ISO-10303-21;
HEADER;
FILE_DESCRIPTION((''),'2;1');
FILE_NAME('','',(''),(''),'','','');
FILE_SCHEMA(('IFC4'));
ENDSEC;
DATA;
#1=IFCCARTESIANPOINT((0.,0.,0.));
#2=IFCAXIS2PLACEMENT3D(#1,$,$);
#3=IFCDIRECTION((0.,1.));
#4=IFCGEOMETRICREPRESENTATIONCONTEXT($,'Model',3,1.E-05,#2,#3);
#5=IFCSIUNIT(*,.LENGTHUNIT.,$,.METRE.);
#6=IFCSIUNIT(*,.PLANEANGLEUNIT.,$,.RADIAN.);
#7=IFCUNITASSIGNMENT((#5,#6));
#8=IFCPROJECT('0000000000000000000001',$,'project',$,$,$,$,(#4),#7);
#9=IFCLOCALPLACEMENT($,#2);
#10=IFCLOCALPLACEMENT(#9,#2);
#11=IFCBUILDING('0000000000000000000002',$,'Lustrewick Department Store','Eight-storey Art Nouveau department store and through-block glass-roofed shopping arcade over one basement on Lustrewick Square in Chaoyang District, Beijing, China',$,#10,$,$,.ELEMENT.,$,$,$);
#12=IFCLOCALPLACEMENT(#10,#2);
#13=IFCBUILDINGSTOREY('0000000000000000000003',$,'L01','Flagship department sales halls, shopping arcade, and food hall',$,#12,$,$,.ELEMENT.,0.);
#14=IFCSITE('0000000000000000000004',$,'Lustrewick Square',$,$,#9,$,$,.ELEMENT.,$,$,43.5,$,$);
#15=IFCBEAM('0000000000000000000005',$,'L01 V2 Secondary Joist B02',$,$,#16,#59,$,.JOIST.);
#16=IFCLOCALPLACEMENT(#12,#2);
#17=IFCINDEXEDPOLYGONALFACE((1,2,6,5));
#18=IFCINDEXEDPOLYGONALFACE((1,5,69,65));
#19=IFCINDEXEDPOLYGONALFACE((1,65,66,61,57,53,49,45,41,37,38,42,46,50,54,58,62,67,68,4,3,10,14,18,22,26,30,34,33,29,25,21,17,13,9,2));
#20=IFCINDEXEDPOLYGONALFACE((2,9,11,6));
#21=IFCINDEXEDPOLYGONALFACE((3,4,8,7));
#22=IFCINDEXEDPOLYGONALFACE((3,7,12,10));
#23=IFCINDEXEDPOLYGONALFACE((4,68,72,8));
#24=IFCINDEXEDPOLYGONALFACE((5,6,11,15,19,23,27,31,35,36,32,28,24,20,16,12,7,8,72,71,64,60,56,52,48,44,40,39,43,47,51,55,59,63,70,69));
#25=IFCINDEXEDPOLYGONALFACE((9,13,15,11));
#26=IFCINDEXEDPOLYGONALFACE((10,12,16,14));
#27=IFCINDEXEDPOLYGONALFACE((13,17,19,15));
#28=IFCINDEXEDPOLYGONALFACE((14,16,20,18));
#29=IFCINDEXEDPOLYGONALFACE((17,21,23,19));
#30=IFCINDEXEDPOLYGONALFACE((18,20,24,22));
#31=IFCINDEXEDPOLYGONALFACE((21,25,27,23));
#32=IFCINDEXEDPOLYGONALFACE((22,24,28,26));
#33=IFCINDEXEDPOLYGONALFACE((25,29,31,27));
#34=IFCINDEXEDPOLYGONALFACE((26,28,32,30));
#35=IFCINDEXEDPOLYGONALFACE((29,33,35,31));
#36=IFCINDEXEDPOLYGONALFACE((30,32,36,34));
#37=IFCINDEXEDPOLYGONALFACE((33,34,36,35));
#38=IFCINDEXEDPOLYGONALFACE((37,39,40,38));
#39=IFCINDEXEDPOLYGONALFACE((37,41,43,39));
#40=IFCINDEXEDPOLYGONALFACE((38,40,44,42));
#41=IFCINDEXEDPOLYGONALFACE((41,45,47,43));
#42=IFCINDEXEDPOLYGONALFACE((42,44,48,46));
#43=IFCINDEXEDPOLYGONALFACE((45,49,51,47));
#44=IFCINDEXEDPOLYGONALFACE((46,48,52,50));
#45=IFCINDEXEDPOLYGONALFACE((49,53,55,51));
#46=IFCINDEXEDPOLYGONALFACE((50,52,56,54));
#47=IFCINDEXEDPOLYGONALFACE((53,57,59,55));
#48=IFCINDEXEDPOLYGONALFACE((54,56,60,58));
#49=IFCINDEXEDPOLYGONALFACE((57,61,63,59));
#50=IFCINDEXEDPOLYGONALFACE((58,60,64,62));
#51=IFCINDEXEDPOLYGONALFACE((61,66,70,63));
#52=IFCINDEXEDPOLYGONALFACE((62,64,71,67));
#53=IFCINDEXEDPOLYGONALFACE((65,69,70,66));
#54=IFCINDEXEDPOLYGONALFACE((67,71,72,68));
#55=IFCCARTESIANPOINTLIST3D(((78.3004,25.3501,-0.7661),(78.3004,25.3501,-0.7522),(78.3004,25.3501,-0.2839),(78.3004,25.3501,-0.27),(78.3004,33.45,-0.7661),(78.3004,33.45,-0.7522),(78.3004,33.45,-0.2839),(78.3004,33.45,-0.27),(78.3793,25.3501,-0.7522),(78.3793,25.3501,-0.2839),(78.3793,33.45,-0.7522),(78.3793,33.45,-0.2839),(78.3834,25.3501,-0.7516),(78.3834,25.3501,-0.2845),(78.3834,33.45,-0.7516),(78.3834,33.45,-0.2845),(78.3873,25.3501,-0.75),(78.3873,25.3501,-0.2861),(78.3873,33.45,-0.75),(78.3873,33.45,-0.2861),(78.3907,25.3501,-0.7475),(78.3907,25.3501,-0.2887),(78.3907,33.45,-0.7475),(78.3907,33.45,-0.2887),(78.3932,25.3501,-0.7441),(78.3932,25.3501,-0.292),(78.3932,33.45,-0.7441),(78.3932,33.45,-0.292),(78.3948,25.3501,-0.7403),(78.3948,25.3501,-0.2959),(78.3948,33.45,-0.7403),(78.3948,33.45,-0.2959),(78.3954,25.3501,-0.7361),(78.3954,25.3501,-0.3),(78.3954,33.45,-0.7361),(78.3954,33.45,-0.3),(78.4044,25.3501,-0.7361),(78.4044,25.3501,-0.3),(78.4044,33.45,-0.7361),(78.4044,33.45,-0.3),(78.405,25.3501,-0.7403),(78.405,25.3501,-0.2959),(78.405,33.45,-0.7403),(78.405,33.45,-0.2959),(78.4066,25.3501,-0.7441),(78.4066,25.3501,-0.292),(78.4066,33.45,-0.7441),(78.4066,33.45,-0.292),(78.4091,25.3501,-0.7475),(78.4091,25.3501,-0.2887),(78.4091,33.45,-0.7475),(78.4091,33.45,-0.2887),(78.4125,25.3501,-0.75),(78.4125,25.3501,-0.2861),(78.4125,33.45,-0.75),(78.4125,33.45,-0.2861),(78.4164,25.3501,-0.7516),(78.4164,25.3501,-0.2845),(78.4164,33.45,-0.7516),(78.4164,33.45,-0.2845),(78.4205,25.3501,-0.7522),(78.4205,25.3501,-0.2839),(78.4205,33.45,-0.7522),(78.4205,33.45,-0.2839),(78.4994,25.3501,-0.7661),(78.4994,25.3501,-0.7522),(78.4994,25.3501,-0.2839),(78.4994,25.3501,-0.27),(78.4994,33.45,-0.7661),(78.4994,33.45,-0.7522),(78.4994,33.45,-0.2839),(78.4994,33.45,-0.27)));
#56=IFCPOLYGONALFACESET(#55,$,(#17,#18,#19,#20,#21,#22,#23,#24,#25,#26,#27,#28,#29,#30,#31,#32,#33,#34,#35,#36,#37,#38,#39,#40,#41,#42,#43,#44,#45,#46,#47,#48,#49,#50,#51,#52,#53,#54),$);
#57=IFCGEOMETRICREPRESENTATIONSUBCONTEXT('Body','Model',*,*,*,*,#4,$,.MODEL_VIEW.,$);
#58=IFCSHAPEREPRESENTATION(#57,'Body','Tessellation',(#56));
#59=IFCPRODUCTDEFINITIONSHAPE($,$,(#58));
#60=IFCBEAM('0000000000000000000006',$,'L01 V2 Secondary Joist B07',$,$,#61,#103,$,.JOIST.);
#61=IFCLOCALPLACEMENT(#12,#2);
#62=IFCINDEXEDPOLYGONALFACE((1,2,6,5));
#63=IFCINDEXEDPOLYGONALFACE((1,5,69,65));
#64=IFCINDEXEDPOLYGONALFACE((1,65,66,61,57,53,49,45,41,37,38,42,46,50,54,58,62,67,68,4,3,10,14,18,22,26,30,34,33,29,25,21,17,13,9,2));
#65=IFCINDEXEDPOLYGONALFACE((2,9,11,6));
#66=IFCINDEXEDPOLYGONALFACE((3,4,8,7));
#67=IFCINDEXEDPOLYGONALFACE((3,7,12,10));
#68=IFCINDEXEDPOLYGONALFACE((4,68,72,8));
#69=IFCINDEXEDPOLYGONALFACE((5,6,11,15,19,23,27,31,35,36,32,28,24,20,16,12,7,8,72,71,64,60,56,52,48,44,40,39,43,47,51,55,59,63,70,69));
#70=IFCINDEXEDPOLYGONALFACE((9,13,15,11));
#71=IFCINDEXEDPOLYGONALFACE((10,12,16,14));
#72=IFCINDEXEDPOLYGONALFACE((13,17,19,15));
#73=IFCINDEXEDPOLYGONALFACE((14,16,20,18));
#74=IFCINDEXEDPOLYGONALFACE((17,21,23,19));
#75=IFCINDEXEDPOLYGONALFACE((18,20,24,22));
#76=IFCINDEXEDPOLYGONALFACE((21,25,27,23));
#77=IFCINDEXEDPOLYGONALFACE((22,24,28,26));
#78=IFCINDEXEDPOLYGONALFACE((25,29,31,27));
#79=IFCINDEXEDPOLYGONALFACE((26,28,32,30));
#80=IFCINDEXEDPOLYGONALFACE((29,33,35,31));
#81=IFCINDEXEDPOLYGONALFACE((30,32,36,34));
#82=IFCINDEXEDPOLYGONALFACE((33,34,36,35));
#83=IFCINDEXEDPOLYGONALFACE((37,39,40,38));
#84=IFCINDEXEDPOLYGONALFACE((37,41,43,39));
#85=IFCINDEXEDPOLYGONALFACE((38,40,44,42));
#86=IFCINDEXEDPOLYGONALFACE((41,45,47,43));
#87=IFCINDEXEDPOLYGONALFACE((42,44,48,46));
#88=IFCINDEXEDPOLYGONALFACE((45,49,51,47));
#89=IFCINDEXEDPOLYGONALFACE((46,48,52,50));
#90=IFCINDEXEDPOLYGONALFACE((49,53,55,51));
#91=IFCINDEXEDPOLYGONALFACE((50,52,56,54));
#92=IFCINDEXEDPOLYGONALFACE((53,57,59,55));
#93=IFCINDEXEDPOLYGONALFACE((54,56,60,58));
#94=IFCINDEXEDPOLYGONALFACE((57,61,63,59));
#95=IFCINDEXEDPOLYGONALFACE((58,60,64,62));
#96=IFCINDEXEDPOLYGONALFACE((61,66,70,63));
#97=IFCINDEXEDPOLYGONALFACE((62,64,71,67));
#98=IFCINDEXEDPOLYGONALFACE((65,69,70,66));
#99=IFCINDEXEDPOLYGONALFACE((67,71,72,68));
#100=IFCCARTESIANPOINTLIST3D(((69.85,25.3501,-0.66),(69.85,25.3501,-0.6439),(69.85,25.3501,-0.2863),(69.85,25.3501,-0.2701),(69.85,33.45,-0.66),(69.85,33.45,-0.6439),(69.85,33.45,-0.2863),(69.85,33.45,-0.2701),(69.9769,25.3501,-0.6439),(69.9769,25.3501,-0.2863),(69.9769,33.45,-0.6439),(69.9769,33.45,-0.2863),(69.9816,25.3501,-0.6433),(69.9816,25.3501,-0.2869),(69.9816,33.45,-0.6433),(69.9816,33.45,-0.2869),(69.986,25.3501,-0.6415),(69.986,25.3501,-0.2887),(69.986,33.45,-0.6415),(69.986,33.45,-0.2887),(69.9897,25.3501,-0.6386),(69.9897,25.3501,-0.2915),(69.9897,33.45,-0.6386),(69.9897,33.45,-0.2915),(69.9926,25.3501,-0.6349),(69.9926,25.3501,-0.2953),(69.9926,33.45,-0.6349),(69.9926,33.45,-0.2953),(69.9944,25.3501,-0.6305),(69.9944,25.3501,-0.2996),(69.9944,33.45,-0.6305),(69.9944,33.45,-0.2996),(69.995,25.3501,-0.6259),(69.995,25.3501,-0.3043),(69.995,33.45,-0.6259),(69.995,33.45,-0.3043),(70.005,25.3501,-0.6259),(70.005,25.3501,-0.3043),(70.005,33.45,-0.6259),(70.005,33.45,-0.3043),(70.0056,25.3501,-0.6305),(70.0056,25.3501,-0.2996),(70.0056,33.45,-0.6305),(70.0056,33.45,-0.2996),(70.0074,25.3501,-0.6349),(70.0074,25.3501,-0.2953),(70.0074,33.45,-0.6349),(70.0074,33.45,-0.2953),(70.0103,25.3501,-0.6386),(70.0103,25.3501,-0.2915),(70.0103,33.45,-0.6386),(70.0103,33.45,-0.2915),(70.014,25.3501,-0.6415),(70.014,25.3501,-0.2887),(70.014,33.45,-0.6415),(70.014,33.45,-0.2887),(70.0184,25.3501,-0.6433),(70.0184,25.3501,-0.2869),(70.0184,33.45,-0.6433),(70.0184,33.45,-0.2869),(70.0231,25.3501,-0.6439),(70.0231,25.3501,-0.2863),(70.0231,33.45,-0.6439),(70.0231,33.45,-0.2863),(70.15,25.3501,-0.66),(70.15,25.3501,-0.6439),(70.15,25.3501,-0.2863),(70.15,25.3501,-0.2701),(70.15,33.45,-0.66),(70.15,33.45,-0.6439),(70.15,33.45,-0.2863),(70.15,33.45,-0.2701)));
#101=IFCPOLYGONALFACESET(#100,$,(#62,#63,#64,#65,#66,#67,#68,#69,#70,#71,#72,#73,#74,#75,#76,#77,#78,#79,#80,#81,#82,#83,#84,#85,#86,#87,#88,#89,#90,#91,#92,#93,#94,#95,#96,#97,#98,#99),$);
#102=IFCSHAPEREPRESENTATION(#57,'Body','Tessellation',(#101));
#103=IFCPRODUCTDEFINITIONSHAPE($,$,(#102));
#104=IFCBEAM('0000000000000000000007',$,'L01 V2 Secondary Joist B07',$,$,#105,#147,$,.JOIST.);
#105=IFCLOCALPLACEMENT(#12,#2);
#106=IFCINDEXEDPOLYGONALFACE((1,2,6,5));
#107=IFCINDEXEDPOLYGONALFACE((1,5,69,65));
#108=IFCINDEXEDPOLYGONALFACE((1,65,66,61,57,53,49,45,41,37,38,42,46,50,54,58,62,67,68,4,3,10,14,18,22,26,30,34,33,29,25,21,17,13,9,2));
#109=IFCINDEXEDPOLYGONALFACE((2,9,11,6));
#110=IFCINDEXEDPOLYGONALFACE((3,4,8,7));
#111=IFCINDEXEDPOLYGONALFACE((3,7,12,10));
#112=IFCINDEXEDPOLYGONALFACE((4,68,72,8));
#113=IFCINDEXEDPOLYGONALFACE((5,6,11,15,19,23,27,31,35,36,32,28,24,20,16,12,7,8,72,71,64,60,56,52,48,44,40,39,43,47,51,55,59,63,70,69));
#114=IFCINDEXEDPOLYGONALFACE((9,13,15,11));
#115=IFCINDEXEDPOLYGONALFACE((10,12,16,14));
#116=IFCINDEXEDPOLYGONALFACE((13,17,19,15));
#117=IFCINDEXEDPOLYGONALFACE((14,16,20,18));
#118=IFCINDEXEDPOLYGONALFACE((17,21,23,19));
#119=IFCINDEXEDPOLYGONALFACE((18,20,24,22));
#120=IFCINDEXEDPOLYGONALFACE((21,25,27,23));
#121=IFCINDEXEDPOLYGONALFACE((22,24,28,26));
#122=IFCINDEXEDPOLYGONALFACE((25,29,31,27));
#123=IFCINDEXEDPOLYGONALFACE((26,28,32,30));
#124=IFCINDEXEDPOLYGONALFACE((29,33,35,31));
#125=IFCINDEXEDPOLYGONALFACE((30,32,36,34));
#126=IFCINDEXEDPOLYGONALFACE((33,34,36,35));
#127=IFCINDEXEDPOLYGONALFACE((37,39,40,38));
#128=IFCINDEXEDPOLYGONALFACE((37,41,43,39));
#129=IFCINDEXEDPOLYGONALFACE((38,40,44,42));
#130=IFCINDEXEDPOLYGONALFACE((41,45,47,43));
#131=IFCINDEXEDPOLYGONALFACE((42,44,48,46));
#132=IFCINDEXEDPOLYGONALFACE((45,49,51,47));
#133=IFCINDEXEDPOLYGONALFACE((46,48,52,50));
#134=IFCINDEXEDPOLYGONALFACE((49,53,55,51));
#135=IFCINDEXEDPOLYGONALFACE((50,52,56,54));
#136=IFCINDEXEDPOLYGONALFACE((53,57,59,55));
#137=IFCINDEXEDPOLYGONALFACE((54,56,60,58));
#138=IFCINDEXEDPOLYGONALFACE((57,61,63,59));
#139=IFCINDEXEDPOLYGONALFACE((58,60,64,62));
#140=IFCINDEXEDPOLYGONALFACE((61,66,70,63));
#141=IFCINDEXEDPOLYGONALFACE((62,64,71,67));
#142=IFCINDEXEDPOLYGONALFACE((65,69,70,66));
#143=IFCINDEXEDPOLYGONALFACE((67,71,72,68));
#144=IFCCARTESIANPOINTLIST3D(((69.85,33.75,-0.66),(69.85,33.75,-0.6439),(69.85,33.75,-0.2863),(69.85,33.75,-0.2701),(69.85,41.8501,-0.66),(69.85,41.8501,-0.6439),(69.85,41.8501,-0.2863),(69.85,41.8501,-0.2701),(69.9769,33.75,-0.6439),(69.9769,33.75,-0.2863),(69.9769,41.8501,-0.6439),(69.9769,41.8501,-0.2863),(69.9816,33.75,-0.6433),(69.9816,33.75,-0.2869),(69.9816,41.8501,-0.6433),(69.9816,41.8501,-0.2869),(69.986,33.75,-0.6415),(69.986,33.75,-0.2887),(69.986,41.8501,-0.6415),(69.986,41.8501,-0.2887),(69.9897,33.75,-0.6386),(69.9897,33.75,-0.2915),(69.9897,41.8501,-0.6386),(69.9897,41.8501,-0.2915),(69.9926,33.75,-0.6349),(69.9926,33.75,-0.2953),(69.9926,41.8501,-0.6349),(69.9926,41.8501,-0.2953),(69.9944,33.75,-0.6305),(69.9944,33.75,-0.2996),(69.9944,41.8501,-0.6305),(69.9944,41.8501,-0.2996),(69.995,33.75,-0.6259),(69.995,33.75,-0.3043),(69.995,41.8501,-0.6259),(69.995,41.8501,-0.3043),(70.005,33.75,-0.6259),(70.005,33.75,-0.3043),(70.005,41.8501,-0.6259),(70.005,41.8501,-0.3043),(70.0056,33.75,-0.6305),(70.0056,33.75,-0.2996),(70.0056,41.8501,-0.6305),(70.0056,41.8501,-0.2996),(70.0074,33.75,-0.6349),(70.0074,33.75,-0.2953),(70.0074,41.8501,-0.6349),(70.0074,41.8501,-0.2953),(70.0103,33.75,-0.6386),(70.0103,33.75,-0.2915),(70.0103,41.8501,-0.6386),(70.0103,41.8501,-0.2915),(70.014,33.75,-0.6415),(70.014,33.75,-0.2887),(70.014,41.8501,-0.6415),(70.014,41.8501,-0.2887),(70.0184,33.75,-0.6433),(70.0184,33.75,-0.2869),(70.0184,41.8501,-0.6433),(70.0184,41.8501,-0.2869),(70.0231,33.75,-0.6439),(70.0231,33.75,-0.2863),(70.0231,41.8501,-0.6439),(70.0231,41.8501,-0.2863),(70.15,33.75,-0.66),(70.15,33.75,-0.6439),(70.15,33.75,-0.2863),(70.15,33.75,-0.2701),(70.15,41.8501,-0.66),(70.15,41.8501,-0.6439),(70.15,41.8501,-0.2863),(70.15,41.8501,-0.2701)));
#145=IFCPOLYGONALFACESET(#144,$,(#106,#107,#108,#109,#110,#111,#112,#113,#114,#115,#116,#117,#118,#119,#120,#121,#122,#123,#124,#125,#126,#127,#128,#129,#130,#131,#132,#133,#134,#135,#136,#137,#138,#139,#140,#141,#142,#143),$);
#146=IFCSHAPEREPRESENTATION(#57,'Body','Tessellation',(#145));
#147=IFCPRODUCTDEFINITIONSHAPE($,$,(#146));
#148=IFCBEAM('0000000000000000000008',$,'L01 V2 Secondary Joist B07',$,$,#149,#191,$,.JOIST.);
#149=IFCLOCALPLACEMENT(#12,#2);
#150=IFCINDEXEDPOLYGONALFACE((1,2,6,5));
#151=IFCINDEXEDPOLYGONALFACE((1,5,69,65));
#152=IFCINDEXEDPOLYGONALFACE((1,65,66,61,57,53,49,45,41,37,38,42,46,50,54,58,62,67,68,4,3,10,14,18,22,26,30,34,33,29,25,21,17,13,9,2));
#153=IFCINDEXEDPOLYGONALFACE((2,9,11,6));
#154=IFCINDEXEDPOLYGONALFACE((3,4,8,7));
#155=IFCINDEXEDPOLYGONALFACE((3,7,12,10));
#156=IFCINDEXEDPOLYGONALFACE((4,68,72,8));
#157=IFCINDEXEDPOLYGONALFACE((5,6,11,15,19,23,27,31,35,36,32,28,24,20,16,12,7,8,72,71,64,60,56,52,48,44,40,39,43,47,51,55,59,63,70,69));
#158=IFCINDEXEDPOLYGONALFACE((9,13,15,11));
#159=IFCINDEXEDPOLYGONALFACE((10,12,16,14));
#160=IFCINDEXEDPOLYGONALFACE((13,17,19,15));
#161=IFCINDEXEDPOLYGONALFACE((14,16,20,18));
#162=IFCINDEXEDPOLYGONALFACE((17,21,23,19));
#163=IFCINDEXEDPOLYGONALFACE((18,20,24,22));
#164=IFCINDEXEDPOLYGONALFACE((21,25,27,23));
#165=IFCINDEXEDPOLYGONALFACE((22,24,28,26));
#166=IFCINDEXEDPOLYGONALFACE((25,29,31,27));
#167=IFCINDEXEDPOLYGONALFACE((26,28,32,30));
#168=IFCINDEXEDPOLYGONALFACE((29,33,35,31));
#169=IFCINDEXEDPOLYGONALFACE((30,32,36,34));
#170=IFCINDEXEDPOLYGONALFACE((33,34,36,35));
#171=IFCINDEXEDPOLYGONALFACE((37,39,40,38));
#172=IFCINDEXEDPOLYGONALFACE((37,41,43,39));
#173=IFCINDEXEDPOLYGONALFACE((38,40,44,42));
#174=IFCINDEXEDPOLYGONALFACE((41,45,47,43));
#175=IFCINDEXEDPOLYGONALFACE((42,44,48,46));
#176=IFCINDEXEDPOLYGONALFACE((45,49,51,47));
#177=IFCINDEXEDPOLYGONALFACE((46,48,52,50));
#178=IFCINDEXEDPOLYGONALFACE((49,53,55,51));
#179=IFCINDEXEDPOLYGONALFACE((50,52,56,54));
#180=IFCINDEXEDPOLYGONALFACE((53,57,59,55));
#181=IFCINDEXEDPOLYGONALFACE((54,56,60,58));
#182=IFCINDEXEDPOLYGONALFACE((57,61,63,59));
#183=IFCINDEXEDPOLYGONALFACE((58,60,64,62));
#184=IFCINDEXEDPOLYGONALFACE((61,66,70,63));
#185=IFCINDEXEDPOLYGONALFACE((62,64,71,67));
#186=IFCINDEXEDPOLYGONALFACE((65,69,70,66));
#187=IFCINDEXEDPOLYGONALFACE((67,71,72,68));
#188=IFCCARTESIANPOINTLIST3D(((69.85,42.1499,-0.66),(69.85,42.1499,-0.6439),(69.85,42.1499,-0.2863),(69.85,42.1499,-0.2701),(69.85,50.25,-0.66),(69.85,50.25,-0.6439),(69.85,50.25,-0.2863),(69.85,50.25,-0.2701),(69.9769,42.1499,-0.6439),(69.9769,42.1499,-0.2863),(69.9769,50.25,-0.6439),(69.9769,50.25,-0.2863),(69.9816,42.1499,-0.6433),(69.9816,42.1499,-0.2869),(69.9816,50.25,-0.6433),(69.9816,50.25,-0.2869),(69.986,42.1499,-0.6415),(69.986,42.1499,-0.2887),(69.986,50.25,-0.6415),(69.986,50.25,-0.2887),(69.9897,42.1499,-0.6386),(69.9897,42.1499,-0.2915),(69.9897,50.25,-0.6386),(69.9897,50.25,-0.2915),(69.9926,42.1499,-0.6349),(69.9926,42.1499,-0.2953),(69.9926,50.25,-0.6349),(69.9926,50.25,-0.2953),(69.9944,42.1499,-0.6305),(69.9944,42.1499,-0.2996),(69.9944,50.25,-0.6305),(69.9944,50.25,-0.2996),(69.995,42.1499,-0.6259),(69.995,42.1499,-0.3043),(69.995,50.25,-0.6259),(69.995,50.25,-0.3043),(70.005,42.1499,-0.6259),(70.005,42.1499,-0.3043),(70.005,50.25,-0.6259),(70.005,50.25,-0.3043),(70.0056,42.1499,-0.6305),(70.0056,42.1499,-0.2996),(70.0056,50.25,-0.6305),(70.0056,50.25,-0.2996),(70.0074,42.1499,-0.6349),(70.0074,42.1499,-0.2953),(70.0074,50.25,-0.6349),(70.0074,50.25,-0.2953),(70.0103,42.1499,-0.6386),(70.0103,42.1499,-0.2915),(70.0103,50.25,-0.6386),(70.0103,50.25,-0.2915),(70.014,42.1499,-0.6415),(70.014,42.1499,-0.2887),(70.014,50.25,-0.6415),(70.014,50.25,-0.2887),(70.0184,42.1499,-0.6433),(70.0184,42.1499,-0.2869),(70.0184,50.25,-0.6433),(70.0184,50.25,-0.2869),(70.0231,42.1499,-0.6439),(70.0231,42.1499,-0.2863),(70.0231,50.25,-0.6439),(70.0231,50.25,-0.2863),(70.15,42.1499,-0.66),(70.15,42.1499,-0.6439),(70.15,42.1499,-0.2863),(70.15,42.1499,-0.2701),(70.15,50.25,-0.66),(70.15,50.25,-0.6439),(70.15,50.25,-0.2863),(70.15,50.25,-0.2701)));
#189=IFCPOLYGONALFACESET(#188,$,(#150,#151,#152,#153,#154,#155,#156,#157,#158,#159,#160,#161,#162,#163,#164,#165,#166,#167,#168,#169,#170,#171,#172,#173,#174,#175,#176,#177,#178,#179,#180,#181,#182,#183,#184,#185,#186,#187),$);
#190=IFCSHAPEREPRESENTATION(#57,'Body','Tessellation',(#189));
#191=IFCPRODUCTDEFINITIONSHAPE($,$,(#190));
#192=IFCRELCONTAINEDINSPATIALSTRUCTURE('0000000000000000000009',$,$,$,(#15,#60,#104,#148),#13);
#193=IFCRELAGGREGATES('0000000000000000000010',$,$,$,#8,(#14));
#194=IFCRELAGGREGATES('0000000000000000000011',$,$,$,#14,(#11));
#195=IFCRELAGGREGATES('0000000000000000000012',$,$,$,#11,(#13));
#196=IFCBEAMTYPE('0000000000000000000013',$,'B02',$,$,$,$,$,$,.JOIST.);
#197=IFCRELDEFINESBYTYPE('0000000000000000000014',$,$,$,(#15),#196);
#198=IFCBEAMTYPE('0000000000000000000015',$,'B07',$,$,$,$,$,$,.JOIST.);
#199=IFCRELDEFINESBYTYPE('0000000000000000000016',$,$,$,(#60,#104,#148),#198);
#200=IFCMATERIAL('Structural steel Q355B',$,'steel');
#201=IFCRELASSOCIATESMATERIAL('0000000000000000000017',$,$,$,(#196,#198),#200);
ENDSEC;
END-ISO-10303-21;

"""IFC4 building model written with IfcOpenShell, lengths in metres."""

from ifc_helpers import new_model, si_unit, direction, frame, origin, origin_2d, place, context, subcontext, project, spatial, i_section, extrude, material, material_profile, profile_set, type_object, element, save


model = new_model("IFC4")

# Units and contexts
model_context = context("Model", 3, precision=1e-05, world=origin(), true_north=direction((0.0, 1.0)))
body_context = subcontext(model_context, "Body", "Model", "MODEL_VIEW")
ifc_project = project(units=[si_unit("LENGTHUNIT", "METRE"), si_unit("PLANEANGLEUNIT", "RADIAN")], contexts=[model_context])

# Site, building, storey
site_placement = place(None, origin())
site = spatial("IfcSite", under=ifc_project, at=site_placement, Name="Lustrewick Square", CompositionType="ELEMENT", RefElevation=43.5)
building_placement = place(site_placement, origin())
building = spatial("IfcBuilding", under=site, at=building_placement, Name="Lustrewick Department Store", Description="Eight-storey Art Nouveau department store and through-block glass-roofed shopping arcade over one basement on Lustrewick Square in Chaoyang District, Beijing, China", CompositionType="ELEMENT")
storey_placement = place(building_placement, origin())
storey = spatial("IfcBuildingStorey", under=building, at=storey_placement, Name="L01", Description="Flagship department sales halls, shopping arcade, and food hall", CompositionType="ELEMENT", Elevation=0.0)

# Shared definitions
ifc_material_1 = material(Name="Structural steel Q355B", Category="steel")

# Beams
ifc_material_profile_1 = material_profile(ifc_material_1, i_section(OverallWidth=0.199, OverallDepth=0.4961, WebThickness=0.009, FlangeThickness=0.0139, FilletRadius=0.0161, at=origin_2d()), Name="HN 496x199x9x14")
ifc_profile_set_1 = profile_set([ifc_material_profile_1], Name="Structural steel Q355B")
beam_type_1 = type_object("IfcBeamType", Name="B02", PredefinedType="JOIST", material=ifc_profile_set_1)
beam_1_placement = place(storey_placement, frame((78.3999, 25.3501, -0.5181), z_axis=(0.0, 1.0, 0.0), x_axis=(-1.0, 0.0, 0.0)))
element("IfcBeam", 1, at=beam_1_placement, inside=storey, type_object=beam_type_1, Name="L01 V2 Secondary Joist B02", PredefinedType="JOIST", context=body_context, shape_type="SweptSolid", body=[
    extrude(i_section(OverallWidth=0.199, OverallDepth=0.4961, WebThickness=0.009, FlangeThickness=0.0139, FilletRadius=0.0161, at=origin_2d()), origin(), (0.0, 0.0, 1.0), 8.0999),
])
ifc_material_profile_2 = material_profile(ifc_material_1, i_section(OverallWidth=0.3, OverallDepth=0.3899, WebThickness=0.01, FlangeThickness=0.0161, FilletRadius=0.0181, at=origin_2d()), Name="HM 390x300x10x16")
ifc_profile_set_2 = profile_set([ifc_material_profile_2], Name="Structural steel Q355B")
beam_type_2 = type_object("IfcBeamType", Name="B07", PredefinedType="JOIST", material=ifc_profile_set_2)
beam_2_placement = place(storey_placement, frame((70.0, 25.3501, -0.4651), z_axis=(0.0, 1.0, 0.0), x_axis=(-1.0, 0.0, 0.0)))
element("IfcBeam", 2, at=beam_2_placement, inside=storey, type_object=beam_type_2, Name="L01 V2 Secondary Joist B07", PredefinedType="JOIST", context=body_context, shape_type="SweptSolid", body=[
    extrude(i_section(OverallWidth=0.3, OverallDepth=0.3899, WebThickness=0.01, FlangeThickness=0.0161, FilletRadius=0.0181, at=origin_2d()), origin(), (0.0, 0.0, 1.0), 8.0999),
])
for number, where, z_axis, x_axis, name in (
    (3, (70.0, 33.75, -0.4651), (0.0, 1.0, 0.0), (-1.0, 0.0, 0.0), "L01 V2 Secondary Joist B07"),
    (4, (70.0, 42.1499, -0.4651), (0.0, 1.0, 0.0), (-1.0, 0.0, 0.0), "L01 V2 Secondary Joist B07"),
):
    element("IfcBeam", number, at=place(storey_placement, frame(where, z_axis=z_axis, x_axis=x_axis)), inside=storey, type_object=beam_type_2, Name=name, PredefinedType="JOIST", context=body_context, shape_type="SweptSolid", body=[
        extrude(i_section(OverallWidth=0.3, OverallDepth=0.3899, WebThickness=0.01, FlangeThickness=0.0161, FilletRadius=0.0181, at=origin_2d()), origin(), (0.0, 0.0, 1.0), 8.1001),
    ])

save(model, "model.ifc")
